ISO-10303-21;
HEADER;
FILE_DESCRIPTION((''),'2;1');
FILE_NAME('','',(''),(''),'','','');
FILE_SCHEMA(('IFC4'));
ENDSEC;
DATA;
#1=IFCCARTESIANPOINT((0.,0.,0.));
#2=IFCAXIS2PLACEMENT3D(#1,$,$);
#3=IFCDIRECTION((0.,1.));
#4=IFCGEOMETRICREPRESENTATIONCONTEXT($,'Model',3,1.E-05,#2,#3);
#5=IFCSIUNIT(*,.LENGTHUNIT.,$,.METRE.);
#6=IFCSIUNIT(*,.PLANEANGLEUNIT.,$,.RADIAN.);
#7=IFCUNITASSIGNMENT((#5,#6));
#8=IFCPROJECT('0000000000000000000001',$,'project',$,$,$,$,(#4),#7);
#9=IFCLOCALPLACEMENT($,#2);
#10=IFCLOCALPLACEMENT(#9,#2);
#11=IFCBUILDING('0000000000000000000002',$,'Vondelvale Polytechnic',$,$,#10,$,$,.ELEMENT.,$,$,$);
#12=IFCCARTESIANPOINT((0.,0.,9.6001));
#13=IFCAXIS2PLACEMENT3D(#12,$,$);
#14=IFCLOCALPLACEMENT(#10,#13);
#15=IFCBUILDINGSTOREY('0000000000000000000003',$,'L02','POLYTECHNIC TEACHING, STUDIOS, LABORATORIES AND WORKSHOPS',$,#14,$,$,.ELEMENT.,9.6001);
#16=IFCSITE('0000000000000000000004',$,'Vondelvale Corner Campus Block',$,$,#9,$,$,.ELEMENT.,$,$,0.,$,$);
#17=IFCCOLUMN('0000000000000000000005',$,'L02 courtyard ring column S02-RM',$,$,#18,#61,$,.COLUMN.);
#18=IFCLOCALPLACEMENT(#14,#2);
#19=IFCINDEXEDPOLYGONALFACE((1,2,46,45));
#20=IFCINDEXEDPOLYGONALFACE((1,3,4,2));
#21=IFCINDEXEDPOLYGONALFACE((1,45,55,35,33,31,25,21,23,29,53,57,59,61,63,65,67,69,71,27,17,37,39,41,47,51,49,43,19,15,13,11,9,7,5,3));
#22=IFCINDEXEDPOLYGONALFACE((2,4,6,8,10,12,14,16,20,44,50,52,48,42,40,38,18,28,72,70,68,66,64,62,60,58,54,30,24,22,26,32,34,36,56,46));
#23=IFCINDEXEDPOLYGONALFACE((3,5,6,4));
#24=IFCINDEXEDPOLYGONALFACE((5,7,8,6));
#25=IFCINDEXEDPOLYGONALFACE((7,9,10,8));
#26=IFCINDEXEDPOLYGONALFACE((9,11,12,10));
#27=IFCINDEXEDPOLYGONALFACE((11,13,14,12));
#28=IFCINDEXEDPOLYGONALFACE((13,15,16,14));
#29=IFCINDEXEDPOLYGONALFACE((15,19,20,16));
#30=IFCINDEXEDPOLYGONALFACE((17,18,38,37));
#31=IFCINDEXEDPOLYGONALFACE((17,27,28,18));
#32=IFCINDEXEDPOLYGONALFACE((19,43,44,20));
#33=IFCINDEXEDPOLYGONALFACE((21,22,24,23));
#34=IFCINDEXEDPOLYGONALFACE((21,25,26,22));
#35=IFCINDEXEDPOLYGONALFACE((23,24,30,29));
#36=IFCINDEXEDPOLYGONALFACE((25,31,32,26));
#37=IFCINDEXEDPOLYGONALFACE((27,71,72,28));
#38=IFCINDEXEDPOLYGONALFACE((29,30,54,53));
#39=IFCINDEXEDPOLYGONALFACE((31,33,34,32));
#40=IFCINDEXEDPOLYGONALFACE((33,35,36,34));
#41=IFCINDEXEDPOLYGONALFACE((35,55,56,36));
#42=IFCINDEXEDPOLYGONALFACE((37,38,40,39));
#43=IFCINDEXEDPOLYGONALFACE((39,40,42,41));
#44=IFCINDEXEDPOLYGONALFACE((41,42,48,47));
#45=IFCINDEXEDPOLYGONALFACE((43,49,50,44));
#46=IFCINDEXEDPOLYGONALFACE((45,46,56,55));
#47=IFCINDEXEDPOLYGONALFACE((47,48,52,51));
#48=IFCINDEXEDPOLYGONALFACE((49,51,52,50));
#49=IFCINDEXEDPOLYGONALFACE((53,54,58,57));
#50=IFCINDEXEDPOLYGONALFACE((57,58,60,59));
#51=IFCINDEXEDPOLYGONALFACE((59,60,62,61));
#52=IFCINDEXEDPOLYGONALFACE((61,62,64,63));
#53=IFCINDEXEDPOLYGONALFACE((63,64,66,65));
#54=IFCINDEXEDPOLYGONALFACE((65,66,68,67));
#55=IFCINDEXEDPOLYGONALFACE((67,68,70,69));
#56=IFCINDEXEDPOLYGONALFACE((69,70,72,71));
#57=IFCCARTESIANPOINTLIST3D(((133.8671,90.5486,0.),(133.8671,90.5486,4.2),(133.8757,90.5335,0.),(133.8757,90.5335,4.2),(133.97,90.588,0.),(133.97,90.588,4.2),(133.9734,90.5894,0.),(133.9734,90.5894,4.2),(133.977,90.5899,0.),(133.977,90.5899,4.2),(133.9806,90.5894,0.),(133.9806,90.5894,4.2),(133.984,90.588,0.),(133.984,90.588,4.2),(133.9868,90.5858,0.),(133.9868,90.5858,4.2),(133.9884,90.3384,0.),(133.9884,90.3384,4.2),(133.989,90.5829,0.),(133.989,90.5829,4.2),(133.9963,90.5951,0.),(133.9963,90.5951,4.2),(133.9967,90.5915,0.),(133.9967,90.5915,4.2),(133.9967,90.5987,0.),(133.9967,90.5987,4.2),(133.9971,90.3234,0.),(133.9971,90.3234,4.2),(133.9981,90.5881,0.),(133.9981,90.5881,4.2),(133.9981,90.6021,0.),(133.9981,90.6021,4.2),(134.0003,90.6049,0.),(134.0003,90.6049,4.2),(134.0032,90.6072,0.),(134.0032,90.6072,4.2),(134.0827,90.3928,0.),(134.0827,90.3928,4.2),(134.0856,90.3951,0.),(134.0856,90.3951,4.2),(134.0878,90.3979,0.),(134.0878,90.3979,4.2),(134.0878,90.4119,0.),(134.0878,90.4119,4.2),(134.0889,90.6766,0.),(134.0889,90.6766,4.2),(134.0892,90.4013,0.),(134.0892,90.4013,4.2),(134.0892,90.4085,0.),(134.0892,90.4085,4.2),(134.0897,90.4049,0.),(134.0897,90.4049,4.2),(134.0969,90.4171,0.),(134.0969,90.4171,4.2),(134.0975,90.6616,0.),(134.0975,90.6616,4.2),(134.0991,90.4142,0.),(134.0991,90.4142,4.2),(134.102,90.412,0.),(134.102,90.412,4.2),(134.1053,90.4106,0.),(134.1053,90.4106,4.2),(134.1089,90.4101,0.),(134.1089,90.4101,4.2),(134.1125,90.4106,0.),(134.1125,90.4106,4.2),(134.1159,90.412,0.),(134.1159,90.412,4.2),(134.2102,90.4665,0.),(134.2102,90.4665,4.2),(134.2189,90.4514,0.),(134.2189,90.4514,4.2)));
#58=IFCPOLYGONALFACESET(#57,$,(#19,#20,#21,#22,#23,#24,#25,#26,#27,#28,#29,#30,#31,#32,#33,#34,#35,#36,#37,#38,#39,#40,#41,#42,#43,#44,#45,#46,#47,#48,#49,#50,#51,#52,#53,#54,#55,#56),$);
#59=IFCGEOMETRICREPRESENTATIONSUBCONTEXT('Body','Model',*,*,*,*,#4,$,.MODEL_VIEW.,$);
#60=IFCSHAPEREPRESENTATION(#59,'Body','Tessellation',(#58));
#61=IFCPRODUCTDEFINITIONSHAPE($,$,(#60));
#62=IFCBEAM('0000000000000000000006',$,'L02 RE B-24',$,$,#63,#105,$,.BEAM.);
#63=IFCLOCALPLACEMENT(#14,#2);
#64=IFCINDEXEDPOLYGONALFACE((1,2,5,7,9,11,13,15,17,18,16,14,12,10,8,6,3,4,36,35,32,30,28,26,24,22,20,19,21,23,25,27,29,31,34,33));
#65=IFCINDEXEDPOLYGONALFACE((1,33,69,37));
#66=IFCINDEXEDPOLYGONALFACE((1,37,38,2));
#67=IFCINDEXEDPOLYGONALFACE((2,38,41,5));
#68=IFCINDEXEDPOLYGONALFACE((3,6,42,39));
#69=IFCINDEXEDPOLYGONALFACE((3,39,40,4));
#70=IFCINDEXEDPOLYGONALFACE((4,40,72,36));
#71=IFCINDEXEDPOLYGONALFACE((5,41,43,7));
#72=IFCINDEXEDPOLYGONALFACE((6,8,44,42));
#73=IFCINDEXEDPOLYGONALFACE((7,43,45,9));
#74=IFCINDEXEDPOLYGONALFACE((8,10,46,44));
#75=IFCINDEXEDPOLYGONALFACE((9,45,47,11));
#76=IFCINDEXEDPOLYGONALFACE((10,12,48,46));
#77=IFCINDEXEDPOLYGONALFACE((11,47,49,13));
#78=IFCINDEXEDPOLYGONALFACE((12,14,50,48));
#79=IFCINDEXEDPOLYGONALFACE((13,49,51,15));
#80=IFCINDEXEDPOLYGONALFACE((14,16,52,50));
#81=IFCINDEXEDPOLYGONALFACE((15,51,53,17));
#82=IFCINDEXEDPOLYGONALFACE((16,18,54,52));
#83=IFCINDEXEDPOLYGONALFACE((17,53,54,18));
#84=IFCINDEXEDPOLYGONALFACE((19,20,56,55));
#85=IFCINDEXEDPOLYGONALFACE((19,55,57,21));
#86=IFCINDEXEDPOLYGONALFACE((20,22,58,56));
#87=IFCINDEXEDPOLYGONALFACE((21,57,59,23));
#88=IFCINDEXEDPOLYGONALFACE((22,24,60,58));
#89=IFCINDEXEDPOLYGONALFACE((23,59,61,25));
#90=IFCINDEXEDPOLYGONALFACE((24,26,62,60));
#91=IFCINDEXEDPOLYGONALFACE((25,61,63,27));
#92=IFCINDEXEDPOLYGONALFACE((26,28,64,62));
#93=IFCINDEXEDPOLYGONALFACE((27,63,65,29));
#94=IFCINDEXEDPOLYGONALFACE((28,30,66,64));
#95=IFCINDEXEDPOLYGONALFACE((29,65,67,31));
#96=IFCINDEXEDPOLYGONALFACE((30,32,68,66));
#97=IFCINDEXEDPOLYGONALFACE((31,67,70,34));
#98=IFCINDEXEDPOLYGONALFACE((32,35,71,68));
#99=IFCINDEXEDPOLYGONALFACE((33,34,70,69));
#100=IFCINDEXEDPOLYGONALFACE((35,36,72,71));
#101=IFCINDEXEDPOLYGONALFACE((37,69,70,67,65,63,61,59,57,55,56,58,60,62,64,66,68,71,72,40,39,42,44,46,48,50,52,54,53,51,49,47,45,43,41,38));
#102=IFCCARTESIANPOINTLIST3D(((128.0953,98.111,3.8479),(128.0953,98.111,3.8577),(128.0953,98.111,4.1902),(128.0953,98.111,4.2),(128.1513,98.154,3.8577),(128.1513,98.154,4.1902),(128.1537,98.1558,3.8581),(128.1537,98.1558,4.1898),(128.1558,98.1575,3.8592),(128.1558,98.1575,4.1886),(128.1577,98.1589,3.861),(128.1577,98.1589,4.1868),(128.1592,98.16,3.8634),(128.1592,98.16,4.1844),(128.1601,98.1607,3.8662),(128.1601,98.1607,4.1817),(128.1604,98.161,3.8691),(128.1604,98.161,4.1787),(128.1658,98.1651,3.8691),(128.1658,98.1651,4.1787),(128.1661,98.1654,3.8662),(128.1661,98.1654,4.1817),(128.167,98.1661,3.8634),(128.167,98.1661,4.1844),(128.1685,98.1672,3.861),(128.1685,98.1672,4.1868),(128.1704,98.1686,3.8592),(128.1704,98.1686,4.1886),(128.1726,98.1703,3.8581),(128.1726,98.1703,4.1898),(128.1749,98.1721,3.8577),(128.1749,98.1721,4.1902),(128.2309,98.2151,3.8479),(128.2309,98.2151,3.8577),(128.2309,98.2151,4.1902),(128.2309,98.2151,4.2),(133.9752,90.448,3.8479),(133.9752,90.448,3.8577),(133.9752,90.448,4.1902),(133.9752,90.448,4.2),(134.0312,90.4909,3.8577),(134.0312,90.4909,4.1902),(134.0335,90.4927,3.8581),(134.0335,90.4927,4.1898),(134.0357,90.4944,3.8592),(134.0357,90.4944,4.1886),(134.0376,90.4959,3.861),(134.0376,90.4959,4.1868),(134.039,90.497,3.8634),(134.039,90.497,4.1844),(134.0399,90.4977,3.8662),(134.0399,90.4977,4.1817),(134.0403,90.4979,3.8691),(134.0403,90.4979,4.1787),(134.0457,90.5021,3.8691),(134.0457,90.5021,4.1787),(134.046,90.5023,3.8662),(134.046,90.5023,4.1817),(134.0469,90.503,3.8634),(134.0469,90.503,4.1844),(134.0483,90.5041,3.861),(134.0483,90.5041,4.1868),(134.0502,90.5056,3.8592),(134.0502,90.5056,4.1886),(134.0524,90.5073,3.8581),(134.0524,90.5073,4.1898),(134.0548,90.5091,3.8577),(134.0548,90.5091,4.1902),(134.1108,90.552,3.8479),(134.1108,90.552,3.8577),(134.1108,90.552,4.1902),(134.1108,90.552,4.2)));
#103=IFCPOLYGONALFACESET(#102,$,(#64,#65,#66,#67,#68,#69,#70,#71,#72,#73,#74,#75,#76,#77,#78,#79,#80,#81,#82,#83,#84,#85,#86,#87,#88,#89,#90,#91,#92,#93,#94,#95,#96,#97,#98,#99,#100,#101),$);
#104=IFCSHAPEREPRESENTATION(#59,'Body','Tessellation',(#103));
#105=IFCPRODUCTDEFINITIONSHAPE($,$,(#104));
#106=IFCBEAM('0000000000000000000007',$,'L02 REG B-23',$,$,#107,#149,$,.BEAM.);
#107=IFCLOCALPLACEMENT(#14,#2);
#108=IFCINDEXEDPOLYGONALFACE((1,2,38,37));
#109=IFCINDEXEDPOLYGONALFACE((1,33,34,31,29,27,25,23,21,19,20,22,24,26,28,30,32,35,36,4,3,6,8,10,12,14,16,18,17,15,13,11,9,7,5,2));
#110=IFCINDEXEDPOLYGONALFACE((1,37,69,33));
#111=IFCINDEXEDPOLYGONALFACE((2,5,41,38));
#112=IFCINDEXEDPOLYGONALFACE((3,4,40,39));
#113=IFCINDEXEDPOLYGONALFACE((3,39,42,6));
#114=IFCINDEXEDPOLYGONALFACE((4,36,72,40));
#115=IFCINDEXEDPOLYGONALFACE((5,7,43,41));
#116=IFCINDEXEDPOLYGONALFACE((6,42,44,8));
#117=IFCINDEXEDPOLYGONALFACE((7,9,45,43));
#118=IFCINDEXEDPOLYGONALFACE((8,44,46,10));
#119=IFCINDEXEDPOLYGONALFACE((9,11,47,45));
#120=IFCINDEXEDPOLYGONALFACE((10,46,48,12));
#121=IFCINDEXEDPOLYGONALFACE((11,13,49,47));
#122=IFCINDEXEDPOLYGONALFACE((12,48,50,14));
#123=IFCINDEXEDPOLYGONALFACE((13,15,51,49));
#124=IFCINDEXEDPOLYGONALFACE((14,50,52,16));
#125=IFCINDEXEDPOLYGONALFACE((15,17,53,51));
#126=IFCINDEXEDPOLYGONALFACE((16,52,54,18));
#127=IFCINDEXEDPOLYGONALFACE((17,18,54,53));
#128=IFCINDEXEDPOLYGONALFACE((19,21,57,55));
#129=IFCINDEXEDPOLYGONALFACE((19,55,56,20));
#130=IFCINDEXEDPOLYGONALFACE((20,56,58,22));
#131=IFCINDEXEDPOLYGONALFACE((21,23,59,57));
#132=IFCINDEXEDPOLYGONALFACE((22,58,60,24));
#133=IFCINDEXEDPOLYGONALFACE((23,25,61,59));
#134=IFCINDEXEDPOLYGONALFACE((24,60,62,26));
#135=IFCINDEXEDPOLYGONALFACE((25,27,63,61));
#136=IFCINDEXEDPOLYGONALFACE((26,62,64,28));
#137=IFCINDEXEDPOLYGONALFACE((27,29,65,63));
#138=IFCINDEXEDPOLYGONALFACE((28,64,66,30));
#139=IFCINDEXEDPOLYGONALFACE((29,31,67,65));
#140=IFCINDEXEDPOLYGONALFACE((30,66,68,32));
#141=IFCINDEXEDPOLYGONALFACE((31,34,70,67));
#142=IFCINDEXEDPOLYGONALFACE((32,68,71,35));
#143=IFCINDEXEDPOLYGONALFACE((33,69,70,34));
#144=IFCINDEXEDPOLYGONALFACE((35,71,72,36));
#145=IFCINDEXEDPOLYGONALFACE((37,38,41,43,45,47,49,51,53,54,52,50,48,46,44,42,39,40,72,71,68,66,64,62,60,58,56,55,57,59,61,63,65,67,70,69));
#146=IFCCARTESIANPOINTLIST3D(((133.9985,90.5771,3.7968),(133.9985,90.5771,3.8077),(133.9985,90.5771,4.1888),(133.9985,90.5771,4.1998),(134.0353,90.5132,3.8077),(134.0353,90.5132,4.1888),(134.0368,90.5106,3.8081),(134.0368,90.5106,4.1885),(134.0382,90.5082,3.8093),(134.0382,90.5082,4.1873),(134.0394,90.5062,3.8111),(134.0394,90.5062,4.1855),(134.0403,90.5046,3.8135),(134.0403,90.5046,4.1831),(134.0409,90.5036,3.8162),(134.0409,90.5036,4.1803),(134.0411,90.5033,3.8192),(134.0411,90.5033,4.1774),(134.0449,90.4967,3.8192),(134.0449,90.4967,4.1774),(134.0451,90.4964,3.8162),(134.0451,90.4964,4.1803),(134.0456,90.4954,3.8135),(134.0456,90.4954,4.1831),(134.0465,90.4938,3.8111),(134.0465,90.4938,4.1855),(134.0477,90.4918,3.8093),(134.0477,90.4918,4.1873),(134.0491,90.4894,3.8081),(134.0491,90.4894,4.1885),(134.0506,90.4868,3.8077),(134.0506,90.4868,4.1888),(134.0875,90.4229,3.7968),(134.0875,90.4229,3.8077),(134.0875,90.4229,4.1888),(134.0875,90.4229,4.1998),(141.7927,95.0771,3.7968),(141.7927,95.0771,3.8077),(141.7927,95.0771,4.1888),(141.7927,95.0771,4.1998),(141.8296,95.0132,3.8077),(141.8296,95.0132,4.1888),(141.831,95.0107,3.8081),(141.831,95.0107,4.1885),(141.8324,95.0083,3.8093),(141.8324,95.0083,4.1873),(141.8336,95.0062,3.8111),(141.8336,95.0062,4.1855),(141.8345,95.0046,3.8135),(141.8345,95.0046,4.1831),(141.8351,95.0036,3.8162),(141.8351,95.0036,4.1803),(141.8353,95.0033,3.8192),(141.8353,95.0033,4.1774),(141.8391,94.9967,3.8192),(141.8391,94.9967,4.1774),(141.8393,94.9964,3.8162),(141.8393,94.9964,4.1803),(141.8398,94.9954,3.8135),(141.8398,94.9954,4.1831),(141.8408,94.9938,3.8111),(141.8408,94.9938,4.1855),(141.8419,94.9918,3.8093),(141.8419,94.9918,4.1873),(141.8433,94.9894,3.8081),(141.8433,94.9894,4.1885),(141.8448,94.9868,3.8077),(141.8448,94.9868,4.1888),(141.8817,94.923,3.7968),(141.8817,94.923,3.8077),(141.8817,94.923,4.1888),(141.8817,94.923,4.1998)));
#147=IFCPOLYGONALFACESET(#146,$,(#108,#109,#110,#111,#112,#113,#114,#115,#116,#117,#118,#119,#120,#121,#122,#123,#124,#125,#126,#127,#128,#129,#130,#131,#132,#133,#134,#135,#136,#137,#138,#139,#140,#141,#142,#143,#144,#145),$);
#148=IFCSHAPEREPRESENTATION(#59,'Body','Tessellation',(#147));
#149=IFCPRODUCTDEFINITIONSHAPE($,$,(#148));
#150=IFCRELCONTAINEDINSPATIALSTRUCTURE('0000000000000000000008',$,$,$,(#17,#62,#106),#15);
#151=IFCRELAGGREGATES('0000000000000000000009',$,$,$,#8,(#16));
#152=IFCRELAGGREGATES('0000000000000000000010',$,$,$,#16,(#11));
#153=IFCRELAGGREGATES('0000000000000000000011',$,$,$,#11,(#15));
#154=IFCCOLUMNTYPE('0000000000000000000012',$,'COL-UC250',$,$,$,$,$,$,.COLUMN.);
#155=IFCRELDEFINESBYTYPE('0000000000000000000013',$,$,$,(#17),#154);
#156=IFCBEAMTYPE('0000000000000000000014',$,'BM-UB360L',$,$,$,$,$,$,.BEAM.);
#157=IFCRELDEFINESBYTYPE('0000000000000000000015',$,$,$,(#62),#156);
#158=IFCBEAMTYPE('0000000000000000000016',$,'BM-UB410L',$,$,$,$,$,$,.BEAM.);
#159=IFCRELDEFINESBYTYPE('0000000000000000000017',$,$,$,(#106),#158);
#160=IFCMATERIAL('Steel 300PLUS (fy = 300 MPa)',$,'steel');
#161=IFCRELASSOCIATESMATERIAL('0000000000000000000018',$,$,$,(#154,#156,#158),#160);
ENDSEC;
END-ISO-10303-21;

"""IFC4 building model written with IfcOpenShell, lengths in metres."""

from ifc_helpers import new_model, si_unit, direction, frame, origin, origin_2d, place, context, subcontext, project, spatial, i_section, extrude, material, material_profile, profile_set, type_object, element, save


model = new_model("IFC4")

# Units and contexts
model_context = context("Model", 3, precision=1e-05, world=origin(), true_north=direction((0.0, 1.0)))
body_context = subcontext(model_context, "Body", "Model", "MODEL_VIEW")
ifc_project = project(units=[si_unit("LENGTHUNIT", "METRE"), si_unit("PLANEANGLEUNIT", "RADIAN")], contexts=[model_context])

# Site, building, storey
site_placement = place(None, origin())
site = spatial("IfcSite", under=ifc_project, at=site_placement, Name="Vondelvale Corner Campus Block", CompositionType="ELEMENT", RefElevation=0.0)
building_placement = place(site_placement, origin())
building = spatial("IfcBuilding", under=site, at=building_placement, Name="Vondelvale Polytechnic", CompositionType="ELEMENT")
storey_placement = place(building_placement, frame((0.0, 0.0, 9.6001)))
storey = spatial("IfcBuildingStorey", under=building, at=storey_placement, Name="L02", Description="POLYTECHNIC TEACHING, STUDIOS, LABORATORIES AND WORKSHOPS", CompositionType="ELEMENT", Elevation=9.6001)

# Column
ifc_material_1 = material(Name="Steel 300PLUS (fy = 300 MPa)", Category="steel")
ifc_material_profile_1 = material_profile(ifc_material_1, i_section(OverallWidth=0.2561, OverallDepth=0.26, WebThickness=0.0105, FlangeThickness=0.0173, FilletRadius=0.0139, at=origin_2d()), Name="250UC89.5")
ifc_profile_set_1 = profile_set([ifc_material_profile_1], Name="Steel 300PLUS (fy = 300 MPa)")
column_type = type_object("IfcColumnType", Name="COL-UC250", PredefinedType="COLUMN", material=ifc_profile_set_1)
column_placement = place(storey_placement, frame((134.043, 90.5, 0.0), z_axis=(0.0, 0.0, 1.0), x_axis=(0.866025, 0.5, 0.0)))
element("IfcColumn", 1, at=column_placement, inside=storey, type_object=column_type, Name="L02 courtyard ring column S02-RM", PredefinedType="COLUMN", context=body_context, shape_type="SweptSolid", body=[
    extrude(i_section(OverallWidth=0.2561, OverallDepth=0.26, WebThickness=0.0105, FlangeThickness=0.0173, FilletRadius=0.0139, at=origin_2d()), origin(), (0.0, 0.0, 1.0), 4.2),
])

# Beams
ifc_material_profile_2 = material_profile(ifc_material_1, i_section(OverallWidth=0.1709, OverallDepth=0.3521, WebThickness=0.0068, FlangeThickness=0.0098, FilletRadius=0.0115, at=origin_2d()), Name="360UB44.7")
ifc_profile_set_2 = profile_set([ifc_material_profile_2], Name="Steel 300PLUS (fy = 300 MPa)")
beam_type_1 = type_object("IfcBeamType", Name="BM-UB360L", PredefinedType="BEAM", material=ifc_profile_set_2)
beam_1_placement = place(storey_placement, frame((134.043, 90.5, 4.0239), z_axis=(-0.608748, 0.793364, 0.0), x_axis=(-0.793364, -0.608748, 0.0)))
element("IfcBeam", 2, at=beam_1_placement, inside=storey, type_object=beam_type_1, Name="L02 RE B-24", PredefinedType="BEAM", context=body_context, shape_type="SweptSolid", body=[
    extrude(i_section(OverallWidth=0.1709, OverallDepth=0.3521, WebThickness=0.0068, FlangeThickness=0.0098, FilletRadius=0.0115, at=origin_2d()), origin(), (0.0, 0.0, 1.0), 9.6589),
])
ifc_material_profile_3 = material_profile(ifc_material_1, i_section(OverallWidth=0.178, OverallDepth=0.4031, WebThickness=0.0076, FlangeThickness=0.011, FilletRadius=0.0115, at=origin_2d()), Name="410UB53.7")
ifc_profile_set_3 = profile_set([ifc_material_profile_3], Name="Steel 300PLUS (fy = 300 MPa)")
beam_type_2 = type_object("IfcBeamType", Name="BM-UB410L", PredefinedType="BEAM", material=ifc_profile_set_3)
beam_2_placement = place(storey_placement, frame((134.043, 90.5, 3.9983), z_axis=(0.866024, 0.500002, 0.0), x_axis=(-0.500002, 0.866024, 0.0)))
element("IfcBeam", 3, at=beam_2_placement, inside=storey, type_object=beam_type_2, Name="L02 REG B-23", PredefinedType="BEAM", context=body_context, shape_type="SweptSolid", body=[
    extrude(i_section(OverallWidth=0.178, OverallDepth=0.4031, WebThickness=0.0076, FlangeThickness=0.011, FilletRadius=0.0115, at=origin_2d()), origin(), (0.0, 0.0, 1.0), 9.0),
])

save(model, "model.ifc")
